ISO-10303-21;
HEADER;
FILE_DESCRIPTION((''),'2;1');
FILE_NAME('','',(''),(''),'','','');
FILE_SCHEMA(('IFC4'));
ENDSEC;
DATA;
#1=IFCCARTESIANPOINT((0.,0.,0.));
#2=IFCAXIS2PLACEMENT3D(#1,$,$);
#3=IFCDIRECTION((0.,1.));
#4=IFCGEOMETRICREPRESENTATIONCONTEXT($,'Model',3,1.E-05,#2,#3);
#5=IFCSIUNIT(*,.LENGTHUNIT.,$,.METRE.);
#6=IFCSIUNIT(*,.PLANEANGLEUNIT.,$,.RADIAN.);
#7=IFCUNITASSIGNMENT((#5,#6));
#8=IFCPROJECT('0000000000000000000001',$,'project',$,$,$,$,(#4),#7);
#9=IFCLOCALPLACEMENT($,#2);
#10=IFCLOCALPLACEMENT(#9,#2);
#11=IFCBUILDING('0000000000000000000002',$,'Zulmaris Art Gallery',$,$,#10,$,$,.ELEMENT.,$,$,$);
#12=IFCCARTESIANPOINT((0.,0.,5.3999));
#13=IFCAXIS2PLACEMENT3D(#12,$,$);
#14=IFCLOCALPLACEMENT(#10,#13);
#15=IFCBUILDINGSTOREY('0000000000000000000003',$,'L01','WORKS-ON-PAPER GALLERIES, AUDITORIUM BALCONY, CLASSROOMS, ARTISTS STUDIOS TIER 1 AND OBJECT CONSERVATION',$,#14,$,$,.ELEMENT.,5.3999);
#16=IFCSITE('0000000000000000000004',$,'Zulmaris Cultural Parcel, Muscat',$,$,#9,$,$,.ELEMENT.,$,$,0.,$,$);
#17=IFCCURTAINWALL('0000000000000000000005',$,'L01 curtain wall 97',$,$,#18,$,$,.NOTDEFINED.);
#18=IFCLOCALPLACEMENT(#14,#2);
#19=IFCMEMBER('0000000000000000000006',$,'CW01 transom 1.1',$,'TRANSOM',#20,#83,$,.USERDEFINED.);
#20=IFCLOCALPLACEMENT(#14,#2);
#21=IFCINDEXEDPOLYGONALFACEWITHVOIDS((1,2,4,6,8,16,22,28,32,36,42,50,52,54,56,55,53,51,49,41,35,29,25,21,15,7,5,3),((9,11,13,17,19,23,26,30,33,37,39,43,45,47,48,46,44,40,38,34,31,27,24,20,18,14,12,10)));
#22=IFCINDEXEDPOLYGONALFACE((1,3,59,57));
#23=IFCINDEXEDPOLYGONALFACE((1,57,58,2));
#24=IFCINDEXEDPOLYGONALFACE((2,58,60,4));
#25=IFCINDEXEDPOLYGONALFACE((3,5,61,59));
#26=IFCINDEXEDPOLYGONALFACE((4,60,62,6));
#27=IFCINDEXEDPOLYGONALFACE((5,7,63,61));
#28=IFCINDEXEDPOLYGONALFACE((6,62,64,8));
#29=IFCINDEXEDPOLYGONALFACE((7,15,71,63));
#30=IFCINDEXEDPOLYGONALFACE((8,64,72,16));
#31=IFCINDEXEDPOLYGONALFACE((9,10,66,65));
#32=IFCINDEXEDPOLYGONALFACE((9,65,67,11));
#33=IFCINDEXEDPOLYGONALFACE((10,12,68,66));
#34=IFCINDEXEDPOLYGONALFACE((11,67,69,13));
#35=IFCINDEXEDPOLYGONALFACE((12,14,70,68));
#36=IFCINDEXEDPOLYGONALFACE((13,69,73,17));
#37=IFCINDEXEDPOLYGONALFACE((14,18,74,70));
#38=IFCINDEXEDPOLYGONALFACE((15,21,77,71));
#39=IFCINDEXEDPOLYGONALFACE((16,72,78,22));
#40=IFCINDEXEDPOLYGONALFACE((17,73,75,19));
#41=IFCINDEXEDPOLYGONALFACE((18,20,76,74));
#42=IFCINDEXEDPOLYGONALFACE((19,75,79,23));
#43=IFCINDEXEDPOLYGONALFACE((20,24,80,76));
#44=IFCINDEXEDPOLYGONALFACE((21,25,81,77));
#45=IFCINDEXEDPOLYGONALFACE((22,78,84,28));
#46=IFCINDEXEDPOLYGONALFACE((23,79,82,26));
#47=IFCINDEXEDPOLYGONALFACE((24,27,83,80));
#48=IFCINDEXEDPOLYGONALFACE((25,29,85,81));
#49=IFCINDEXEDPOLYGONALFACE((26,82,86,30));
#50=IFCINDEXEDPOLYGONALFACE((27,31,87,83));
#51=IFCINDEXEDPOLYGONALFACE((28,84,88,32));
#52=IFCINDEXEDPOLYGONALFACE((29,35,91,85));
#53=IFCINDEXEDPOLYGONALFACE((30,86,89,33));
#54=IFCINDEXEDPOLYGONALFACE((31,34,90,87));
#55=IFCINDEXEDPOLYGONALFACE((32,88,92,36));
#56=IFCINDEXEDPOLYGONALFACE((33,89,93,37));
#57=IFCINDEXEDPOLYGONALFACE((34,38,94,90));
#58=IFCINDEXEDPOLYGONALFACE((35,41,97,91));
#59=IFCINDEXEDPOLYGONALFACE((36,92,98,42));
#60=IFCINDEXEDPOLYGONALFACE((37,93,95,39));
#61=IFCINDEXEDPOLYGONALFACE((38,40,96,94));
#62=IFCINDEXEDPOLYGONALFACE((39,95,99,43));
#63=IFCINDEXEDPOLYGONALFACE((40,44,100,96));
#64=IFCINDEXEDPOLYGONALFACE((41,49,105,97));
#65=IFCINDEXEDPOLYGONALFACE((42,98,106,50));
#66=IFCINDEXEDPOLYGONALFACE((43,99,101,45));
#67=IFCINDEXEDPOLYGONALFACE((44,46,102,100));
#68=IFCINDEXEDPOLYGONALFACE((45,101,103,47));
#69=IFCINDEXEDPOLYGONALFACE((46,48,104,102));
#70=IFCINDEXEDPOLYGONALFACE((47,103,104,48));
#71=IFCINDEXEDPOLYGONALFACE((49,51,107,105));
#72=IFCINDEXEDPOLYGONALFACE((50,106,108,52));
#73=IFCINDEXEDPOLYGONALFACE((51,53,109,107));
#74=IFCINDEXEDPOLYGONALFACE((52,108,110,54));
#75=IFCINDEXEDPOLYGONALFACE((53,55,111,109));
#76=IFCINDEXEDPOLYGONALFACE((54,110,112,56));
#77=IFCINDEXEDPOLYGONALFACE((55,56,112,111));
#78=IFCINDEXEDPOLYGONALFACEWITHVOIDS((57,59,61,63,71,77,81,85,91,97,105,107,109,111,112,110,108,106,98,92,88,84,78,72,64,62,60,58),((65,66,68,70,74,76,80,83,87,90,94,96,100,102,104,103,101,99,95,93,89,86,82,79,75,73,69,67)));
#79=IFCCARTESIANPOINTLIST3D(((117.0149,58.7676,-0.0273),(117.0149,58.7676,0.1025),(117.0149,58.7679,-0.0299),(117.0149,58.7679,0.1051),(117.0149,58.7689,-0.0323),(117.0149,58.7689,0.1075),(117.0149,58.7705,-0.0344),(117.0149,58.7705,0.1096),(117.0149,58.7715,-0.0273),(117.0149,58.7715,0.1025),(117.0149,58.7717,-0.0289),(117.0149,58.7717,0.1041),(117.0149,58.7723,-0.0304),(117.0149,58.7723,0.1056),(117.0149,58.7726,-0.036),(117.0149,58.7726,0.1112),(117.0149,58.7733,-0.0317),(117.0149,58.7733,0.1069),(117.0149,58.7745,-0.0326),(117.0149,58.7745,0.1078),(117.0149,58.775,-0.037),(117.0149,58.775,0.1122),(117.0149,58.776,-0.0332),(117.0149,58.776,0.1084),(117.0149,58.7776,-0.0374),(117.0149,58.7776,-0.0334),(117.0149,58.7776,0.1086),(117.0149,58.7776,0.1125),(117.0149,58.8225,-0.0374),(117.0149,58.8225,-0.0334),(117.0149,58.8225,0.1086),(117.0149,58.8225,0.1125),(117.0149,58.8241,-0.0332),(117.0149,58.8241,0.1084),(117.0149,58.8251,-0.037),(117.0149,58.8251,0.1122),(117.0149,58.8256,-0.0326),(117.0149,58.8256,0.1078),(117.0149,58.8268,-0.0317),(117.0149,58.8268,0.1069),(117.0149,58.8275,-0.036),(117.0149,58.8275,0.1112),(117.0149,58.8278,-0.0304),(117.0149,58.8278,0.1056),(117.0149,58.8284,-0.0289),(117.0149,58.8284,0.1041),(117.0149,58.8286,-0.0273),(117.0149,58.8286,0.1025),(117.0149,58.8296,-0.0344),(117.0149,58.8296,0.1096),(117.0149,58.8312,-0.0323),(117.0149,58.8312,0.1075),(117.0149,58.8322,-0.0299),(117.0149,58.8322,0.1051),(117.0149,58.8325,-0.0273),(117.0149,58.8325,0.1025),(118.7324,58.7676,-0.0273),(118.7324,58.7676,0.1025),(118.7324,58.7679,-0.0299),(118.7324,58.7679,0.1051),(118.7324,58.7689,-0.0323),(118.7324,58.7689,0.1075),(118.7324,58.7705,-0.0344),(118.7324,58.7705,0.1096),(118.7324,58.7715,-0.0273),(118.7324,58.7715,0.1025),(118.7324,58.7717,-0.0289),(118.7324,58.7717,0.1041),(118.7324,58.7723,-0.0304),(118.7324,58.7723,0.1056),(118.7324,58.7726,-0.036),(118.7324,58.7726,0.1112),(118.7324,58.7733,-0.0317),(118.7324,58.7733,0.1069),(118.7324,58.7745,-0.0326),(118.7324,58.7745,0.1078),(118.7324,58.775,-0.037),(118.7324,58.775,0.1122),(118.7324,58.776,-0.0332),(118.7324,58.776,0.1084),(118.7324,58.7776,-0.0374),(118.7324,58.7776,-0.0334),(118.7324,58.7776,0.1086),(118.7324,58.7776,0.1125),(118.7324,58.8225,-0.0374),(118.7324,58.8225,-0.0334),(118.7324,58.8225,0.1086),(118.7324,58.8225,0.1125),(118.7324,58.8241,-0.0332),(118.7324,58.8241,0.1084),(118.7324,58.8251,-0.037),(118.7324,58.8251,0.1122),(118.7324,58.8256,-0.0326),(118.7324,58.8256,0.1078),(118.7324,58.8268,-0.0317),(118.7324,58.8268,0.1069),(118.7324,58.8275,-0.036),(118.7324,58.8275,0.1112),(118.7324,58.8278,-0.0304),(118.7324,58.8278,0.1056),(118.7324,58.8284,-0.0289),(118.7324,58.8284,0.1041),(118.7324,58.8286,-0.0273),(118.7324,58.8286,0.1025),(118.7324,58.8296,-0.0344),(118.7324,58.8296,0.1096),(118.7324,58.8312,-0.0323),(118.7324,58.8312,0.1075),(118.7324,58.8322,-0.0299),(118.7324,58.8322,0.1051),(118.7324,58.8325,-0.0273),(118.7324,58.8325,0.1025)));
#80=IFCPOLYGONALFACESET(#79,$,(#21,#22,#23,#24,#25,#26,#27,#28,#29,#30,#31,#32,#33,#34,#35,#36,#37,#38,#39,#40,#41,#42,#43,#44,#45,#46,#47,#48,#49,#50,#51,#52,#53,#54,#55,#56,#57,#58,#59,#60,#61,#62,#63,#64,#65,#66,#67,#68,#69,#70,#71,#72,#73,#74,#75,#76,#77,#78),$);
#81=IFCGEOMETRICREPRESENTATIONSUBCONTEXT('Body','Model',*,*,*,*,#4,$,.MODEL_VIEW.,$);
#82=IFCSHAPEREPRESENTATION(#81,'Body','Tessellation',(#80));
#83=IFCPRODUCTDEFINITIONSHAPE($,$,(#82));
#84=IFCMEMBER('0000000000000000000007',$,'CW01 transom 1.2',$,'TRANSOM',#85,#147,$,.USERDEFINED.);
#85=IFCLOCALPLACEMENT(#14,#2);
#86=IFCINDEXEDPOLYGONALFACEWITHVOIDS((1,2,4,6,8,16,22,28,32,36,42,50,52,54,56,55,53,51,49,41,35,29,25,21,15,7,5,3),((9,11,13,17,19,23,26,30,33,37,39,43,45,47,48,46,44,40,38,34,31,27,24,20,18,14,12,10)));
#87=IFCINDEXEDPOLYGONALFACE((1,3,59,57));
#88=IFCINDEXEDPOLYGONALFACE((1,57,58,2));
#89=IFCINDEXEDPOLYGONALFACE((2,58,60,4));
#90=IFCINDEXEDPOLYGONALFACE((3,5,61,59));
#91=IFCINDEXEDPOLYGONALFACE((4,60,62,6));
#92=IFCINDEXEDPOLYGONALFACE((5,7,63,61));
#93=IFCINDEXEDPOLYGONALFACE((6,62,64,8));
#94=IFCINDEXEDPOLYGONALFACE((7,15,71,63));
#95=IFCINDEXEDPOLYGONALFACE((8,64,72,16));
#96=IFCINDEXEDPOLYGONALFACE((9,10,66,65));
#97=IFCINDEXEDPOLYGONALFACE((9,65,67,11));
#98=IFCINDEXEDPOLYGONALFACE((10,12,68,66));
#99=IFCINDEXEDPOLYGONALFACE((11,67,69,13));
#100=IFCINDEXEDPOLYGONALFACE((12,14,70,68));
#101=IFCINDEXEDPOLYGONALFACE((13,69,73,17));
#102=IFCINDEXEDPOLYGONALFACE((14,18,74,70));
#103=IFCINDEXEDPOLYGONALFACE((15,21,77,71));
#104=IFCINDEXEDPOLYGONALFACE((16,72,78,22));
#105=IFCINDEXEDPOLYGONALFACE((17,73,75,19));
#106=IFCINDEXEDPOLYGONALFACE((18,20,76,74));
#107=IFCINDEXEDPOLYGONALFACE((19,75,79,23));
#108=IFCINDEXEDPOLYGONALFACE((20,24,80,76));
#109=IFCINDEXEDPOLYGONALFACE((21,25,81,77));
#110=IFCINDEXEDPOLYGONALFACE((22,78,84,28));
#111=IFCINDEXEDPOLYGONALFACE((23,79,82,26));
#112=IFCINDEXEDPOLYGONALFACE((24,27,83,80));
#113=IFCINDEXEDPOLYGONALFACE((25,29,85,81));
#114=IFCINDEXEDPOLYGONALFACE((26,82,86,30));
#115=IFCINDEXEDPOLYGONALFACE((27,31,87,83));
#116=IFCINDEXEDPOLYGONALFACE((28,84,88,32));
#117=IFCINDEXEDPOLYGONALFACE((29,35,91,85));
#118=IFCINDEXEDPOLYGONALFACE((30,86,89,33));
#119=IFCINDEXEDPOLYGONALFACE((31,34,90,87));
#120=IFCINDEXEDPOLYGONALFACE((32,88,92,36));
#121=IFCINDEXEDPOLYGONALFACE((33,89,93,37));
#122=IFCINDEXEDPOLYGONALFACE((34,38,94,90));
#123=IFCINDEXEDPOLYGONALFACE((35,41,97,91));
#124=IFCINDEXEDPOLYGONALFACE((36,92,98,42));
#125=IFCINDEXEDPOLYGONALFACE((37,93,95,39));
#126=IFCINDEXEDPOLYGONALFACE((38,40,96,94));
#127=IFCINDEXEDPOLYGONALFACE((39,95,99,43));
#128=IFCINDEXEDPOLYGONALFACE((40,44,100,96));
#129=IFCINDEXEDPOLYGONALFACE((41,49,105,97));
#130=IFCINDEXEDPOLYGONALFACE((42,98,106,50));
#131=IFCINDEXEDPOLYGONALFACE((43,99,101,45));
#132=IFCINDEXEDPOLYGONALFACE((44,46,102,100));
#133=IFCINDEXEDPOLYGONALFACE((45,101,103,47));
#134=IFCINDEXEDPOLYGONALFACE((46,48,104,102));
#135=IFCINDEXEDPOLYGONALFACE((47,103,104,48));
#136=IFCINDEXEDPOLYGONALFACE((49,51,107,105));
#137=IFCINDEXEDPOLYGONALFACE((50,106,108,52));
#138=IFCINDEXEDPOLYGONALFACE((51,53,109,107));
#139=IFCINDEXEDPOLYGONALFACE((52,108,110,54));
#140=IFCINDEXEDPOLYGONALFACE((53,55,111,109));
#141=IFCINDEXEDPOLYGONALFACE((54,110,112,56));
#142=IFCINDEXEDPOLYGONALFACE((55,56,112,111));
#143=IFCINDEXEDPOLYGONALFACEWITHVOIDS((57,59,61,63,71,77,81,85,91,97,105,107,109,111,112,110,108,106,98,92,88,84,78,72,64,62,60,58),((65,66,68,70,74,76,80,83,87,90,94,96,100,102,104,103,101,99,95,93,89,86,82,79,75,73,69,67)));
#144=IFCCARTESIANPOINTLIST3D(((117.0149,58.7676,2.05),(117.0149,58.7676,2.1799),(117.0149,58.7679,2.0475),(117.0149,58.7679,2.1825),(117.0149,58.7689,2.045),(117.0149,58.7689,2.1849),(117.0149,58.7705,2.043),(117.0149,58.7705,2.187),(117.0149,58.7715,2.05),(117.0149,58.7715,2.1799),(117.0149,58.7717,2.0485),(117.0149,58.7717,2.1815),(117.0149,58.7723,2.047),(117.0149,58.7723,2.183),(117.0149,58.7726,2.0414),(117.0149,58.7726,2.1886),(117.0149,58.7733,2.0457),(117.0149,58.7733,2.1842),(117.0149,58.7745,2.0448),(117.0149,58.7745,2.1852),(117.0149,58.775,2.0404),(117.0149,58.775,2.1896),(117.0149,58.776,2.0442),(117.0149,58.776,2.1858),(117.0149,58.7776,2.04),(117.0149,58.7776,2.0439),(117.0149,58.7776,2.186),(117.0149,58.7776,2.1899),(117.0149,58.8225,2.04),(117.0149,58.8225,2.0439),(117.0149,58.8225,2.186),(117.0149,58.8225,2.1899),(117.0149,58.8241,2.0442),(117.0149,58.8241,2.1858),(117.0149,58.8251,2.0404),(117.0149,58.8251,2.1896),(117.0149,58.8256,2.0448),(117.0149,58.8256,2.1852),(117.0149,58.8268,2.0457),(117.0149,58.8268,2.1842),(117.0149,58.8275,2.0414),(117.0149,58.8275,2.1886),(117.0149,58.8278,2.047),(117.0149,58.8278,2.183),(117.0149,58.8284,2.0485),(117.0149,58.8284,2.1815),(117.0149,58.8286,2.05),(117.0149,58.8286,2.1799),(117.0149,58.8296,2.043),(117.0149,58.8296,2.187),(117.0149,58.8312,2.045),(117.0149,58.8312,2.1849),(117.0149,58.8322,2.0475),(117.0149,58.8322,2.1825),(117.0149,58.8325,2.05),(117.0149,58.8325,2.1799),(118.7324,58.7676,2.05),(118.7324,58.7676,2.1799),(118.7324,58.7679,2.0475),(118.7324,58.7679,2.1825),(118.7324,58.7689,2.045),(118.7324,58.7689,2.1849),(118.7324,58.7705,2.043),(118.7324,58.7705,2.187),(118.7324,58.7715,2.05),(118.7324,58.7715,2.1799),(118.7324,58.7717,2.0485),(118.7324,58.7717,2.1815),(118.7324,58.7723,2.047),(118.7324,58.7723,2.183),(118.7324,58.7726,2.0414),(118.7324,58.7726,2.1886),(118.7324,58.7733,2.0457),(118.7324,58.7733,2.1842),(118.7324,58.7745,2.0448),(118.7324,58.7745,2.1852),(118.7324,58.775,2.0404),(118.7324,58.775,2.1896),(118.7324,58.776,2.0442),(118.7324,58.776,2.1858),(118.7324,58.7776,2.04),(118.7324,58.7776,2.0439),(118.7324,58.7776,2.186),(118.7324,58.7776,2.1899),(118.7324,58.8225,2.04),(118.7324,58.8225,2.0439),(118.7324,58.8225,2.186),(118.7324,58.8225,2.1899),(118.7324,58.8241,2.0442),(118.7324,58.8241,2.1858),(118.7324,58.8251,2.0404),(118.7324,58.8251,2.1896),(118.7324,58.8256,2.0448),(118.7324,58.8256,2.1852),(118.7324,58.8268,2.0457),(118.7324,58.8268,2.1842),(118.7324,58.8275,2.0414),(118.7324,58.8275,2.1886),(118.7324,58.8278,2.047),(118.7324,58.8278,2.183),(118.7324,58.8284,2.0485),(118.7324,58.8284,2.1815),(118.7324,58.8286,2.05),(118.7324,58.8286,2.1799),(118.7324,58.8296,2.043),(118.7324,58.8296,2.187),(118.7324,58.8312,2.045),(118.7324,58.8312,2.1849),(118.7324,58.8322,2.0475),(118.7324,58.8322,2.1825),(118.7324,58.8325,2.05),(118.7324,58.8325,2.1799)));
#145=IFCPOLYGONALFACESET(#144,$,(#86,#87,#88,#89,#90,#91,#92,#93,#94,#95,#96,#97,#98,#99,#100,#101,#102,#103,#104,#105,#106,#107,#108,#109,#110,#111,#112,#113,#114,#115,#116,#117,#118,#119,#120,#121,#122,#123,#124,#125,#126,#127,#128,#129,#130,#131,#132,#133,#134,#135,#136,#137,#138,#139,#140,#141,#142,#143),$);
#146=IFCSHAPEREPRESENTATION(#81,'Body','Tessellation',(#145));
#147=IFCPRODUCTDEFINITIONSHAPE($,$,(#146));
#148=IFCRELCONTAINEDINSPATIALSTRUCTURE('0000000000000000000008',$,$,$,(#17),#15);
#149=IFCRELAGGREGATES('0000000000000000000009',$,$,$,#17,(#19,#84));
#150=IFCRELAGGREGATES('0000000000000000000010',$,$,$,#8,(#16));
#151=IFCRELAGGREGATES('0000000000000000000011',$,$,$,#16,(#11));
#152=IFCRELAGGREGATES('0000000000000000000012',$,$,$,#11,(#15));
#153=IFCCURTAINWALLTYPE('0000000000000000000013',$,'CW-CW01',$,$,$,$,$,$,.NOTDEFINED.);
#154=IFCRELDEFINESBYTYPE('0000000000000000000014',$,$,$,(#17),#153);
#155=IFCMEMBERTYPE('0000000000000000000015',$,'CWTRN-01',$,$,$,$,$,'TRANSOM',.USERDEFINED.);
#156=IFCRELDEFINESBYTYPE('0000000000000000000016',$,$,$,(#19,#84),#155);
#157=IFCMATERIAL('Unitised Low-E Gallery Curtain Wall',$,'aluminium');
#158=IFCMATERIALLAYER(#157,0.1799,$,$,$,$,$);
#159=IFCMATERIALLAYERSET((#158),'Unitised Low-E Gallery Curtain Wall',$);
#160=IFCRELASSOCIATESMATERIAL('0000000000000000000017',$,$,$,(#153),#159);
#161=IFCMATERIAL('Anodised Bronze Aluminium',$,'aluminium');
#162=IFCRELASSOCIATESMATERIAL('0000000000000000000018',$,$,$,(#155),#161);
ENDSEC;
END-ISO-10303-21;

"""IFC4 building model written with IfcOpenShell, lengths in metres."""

from ifc_helpers import new_model, si_unit, direction, frame, origin, origin_2d, place, context, subcontext, project, spatial, hollow_rectangle, extrude, material, layer, layer_set, material_profile, profile_set, type_object, element, aggregate, save


model = new_model("IFC4")

# Units and contexts
model_context = context("Model", 3, precision=1e-05, world=origin(), true_north=direction((0.0, 1.0)))
body_context = subcontext(model_context, "Body", "Model", "MODEL_VIEW")
ifc_project = project(units=[si_unit("LENGTHUNIT", "METRE"), si_unit("PLANEANGLEUNIT", "RADIAN")], contexts=[model_context])

# Site, building, storey
site_placement = place(None, origin())
site = spatial("IfcSite", under=ifc_project, at=site_placement, Name="Zulmaris Cultural Parcel, Muscat", CompositionType="ELEMENT", RefElevation=0.0)
building_placement = place(site_placement, origin())
building = spatial("IfcBuilding", under=site, at=building_placement, Name="Zulmaris Art Gallery", CompositionType="ELEMENT")
storey_placement = place(building_placement, frame((0.0, 0.0, 5.3999)))
storey = spatial("IfcBuildingStorey", under=building, at=storey_placement, Name="L01", Description="WORKS-ON-PAPER GALLERIES, AUDITORIUM BALCONY, CLASSROOMS, ARTISTS STUDIOS TIER 1 AND OBJECT CONSERVATION", CompositionType="ELEMENT", Elevation=5.3999)

# Curtain wall
ifc_material_1 = material(Name="Unitised Low-E Gallery Curtain Wall", Category="aluminium")
ifc_layer_1 = layer(ifc_material_1, 0.1799)
ifc_layer_set_1 = layer_set([ifc_layer_1], Name="Unitised Low-E Gallery Curtain Wall")
curtain_wall_type = type_object("IfcCurtainWallType", Name="CW-CW01", PredefinedType="NOTDEFINED", material=ifc_layer_set_1)
ifc_material_2 = material(Name="Anodised Bronze Aluminium", Category="aluminium")
curtain_wall_1_placement = place(storey_placement, origin())
curtain_wall_1 = element("IfcCurtainWall", 1, at=curtain_wall_1_placement, inside=storey, type_object=curtain_wall_type, Name="L01 curtain wall 97", PredefinedType="NOTDEFINED")

# Members
ifc_material_profile_1 = material_profile(ifc_material_2, hollow_rectangle(XDim=0.0649, YDim=0.1499, WallThickness=0.0039, InnerFilletRadius=0.0061, OuterFilletRadius=0.01, at=origin_2d()), Name="ALU 65x150x4")
ifc_profile_set_1 = profile_set([ifc_material_profile_1], Name="Anodised Bronze Aluminium")
member_type_1 = type_object("IfcMemberType", Name="CWTRN-01", ElementType="TRANSOM", PredefinedType="USERDEFINED", material=ifc_profile_set_1)
member_1_placement = place(storey_placement, frame((117.0149, 58.8, 0.0376), z_axis=(1.0, 0.0, 0.0), x_axis=(0.0, 1.0, 0.0)))
member_1 = element("IfcMember", 2, at=member_1_placement, type_object=member_type_1, Name="CW01 transom 1.1", ObjectType="TRANSOM", PredefinedType="USERDEFINED", context=body_context, shape_type="SweptSolid", body=[
    extrude(hollow_rectangle(XDim=0.0649, YDim=0.1499, WallThickness=0.0039, InnerFilletRadius=0.0061, OuterFilletRadius=0.01, at=origin_2d()), origin(), (0.0, 0.0, 1.0), 1.7175),
])
member_2_placement = place(storey_placement, frame((117.0149, 58.8, 2.115), z_axis=(1.0, 0.0, 0.0), x_axis=(0.0, 1.0, 0.0)))
member_2 = element("IfcMember", 3, at=member_2_placement, type_object=member_type_1, Name="CW01 transom 1.2", ObjectType="TRANSOM", PredefinedType="USERDEFINED", context=body_context, shape_type="SweptSolid", body=[
    extrude(hollow_rectangle(XDim=0.0649, YDim=0.1499, WallThickness=0.0039, InnerFilletRadius=0.0061, OuterFilletRadius=0.01, at=origin_2d()), origin(), (0.0, 0.0, 1.0), 1.7175),
])

aggregate(curtain_wall_1, [member_1, member_2])

save(model, "model.ifc")
